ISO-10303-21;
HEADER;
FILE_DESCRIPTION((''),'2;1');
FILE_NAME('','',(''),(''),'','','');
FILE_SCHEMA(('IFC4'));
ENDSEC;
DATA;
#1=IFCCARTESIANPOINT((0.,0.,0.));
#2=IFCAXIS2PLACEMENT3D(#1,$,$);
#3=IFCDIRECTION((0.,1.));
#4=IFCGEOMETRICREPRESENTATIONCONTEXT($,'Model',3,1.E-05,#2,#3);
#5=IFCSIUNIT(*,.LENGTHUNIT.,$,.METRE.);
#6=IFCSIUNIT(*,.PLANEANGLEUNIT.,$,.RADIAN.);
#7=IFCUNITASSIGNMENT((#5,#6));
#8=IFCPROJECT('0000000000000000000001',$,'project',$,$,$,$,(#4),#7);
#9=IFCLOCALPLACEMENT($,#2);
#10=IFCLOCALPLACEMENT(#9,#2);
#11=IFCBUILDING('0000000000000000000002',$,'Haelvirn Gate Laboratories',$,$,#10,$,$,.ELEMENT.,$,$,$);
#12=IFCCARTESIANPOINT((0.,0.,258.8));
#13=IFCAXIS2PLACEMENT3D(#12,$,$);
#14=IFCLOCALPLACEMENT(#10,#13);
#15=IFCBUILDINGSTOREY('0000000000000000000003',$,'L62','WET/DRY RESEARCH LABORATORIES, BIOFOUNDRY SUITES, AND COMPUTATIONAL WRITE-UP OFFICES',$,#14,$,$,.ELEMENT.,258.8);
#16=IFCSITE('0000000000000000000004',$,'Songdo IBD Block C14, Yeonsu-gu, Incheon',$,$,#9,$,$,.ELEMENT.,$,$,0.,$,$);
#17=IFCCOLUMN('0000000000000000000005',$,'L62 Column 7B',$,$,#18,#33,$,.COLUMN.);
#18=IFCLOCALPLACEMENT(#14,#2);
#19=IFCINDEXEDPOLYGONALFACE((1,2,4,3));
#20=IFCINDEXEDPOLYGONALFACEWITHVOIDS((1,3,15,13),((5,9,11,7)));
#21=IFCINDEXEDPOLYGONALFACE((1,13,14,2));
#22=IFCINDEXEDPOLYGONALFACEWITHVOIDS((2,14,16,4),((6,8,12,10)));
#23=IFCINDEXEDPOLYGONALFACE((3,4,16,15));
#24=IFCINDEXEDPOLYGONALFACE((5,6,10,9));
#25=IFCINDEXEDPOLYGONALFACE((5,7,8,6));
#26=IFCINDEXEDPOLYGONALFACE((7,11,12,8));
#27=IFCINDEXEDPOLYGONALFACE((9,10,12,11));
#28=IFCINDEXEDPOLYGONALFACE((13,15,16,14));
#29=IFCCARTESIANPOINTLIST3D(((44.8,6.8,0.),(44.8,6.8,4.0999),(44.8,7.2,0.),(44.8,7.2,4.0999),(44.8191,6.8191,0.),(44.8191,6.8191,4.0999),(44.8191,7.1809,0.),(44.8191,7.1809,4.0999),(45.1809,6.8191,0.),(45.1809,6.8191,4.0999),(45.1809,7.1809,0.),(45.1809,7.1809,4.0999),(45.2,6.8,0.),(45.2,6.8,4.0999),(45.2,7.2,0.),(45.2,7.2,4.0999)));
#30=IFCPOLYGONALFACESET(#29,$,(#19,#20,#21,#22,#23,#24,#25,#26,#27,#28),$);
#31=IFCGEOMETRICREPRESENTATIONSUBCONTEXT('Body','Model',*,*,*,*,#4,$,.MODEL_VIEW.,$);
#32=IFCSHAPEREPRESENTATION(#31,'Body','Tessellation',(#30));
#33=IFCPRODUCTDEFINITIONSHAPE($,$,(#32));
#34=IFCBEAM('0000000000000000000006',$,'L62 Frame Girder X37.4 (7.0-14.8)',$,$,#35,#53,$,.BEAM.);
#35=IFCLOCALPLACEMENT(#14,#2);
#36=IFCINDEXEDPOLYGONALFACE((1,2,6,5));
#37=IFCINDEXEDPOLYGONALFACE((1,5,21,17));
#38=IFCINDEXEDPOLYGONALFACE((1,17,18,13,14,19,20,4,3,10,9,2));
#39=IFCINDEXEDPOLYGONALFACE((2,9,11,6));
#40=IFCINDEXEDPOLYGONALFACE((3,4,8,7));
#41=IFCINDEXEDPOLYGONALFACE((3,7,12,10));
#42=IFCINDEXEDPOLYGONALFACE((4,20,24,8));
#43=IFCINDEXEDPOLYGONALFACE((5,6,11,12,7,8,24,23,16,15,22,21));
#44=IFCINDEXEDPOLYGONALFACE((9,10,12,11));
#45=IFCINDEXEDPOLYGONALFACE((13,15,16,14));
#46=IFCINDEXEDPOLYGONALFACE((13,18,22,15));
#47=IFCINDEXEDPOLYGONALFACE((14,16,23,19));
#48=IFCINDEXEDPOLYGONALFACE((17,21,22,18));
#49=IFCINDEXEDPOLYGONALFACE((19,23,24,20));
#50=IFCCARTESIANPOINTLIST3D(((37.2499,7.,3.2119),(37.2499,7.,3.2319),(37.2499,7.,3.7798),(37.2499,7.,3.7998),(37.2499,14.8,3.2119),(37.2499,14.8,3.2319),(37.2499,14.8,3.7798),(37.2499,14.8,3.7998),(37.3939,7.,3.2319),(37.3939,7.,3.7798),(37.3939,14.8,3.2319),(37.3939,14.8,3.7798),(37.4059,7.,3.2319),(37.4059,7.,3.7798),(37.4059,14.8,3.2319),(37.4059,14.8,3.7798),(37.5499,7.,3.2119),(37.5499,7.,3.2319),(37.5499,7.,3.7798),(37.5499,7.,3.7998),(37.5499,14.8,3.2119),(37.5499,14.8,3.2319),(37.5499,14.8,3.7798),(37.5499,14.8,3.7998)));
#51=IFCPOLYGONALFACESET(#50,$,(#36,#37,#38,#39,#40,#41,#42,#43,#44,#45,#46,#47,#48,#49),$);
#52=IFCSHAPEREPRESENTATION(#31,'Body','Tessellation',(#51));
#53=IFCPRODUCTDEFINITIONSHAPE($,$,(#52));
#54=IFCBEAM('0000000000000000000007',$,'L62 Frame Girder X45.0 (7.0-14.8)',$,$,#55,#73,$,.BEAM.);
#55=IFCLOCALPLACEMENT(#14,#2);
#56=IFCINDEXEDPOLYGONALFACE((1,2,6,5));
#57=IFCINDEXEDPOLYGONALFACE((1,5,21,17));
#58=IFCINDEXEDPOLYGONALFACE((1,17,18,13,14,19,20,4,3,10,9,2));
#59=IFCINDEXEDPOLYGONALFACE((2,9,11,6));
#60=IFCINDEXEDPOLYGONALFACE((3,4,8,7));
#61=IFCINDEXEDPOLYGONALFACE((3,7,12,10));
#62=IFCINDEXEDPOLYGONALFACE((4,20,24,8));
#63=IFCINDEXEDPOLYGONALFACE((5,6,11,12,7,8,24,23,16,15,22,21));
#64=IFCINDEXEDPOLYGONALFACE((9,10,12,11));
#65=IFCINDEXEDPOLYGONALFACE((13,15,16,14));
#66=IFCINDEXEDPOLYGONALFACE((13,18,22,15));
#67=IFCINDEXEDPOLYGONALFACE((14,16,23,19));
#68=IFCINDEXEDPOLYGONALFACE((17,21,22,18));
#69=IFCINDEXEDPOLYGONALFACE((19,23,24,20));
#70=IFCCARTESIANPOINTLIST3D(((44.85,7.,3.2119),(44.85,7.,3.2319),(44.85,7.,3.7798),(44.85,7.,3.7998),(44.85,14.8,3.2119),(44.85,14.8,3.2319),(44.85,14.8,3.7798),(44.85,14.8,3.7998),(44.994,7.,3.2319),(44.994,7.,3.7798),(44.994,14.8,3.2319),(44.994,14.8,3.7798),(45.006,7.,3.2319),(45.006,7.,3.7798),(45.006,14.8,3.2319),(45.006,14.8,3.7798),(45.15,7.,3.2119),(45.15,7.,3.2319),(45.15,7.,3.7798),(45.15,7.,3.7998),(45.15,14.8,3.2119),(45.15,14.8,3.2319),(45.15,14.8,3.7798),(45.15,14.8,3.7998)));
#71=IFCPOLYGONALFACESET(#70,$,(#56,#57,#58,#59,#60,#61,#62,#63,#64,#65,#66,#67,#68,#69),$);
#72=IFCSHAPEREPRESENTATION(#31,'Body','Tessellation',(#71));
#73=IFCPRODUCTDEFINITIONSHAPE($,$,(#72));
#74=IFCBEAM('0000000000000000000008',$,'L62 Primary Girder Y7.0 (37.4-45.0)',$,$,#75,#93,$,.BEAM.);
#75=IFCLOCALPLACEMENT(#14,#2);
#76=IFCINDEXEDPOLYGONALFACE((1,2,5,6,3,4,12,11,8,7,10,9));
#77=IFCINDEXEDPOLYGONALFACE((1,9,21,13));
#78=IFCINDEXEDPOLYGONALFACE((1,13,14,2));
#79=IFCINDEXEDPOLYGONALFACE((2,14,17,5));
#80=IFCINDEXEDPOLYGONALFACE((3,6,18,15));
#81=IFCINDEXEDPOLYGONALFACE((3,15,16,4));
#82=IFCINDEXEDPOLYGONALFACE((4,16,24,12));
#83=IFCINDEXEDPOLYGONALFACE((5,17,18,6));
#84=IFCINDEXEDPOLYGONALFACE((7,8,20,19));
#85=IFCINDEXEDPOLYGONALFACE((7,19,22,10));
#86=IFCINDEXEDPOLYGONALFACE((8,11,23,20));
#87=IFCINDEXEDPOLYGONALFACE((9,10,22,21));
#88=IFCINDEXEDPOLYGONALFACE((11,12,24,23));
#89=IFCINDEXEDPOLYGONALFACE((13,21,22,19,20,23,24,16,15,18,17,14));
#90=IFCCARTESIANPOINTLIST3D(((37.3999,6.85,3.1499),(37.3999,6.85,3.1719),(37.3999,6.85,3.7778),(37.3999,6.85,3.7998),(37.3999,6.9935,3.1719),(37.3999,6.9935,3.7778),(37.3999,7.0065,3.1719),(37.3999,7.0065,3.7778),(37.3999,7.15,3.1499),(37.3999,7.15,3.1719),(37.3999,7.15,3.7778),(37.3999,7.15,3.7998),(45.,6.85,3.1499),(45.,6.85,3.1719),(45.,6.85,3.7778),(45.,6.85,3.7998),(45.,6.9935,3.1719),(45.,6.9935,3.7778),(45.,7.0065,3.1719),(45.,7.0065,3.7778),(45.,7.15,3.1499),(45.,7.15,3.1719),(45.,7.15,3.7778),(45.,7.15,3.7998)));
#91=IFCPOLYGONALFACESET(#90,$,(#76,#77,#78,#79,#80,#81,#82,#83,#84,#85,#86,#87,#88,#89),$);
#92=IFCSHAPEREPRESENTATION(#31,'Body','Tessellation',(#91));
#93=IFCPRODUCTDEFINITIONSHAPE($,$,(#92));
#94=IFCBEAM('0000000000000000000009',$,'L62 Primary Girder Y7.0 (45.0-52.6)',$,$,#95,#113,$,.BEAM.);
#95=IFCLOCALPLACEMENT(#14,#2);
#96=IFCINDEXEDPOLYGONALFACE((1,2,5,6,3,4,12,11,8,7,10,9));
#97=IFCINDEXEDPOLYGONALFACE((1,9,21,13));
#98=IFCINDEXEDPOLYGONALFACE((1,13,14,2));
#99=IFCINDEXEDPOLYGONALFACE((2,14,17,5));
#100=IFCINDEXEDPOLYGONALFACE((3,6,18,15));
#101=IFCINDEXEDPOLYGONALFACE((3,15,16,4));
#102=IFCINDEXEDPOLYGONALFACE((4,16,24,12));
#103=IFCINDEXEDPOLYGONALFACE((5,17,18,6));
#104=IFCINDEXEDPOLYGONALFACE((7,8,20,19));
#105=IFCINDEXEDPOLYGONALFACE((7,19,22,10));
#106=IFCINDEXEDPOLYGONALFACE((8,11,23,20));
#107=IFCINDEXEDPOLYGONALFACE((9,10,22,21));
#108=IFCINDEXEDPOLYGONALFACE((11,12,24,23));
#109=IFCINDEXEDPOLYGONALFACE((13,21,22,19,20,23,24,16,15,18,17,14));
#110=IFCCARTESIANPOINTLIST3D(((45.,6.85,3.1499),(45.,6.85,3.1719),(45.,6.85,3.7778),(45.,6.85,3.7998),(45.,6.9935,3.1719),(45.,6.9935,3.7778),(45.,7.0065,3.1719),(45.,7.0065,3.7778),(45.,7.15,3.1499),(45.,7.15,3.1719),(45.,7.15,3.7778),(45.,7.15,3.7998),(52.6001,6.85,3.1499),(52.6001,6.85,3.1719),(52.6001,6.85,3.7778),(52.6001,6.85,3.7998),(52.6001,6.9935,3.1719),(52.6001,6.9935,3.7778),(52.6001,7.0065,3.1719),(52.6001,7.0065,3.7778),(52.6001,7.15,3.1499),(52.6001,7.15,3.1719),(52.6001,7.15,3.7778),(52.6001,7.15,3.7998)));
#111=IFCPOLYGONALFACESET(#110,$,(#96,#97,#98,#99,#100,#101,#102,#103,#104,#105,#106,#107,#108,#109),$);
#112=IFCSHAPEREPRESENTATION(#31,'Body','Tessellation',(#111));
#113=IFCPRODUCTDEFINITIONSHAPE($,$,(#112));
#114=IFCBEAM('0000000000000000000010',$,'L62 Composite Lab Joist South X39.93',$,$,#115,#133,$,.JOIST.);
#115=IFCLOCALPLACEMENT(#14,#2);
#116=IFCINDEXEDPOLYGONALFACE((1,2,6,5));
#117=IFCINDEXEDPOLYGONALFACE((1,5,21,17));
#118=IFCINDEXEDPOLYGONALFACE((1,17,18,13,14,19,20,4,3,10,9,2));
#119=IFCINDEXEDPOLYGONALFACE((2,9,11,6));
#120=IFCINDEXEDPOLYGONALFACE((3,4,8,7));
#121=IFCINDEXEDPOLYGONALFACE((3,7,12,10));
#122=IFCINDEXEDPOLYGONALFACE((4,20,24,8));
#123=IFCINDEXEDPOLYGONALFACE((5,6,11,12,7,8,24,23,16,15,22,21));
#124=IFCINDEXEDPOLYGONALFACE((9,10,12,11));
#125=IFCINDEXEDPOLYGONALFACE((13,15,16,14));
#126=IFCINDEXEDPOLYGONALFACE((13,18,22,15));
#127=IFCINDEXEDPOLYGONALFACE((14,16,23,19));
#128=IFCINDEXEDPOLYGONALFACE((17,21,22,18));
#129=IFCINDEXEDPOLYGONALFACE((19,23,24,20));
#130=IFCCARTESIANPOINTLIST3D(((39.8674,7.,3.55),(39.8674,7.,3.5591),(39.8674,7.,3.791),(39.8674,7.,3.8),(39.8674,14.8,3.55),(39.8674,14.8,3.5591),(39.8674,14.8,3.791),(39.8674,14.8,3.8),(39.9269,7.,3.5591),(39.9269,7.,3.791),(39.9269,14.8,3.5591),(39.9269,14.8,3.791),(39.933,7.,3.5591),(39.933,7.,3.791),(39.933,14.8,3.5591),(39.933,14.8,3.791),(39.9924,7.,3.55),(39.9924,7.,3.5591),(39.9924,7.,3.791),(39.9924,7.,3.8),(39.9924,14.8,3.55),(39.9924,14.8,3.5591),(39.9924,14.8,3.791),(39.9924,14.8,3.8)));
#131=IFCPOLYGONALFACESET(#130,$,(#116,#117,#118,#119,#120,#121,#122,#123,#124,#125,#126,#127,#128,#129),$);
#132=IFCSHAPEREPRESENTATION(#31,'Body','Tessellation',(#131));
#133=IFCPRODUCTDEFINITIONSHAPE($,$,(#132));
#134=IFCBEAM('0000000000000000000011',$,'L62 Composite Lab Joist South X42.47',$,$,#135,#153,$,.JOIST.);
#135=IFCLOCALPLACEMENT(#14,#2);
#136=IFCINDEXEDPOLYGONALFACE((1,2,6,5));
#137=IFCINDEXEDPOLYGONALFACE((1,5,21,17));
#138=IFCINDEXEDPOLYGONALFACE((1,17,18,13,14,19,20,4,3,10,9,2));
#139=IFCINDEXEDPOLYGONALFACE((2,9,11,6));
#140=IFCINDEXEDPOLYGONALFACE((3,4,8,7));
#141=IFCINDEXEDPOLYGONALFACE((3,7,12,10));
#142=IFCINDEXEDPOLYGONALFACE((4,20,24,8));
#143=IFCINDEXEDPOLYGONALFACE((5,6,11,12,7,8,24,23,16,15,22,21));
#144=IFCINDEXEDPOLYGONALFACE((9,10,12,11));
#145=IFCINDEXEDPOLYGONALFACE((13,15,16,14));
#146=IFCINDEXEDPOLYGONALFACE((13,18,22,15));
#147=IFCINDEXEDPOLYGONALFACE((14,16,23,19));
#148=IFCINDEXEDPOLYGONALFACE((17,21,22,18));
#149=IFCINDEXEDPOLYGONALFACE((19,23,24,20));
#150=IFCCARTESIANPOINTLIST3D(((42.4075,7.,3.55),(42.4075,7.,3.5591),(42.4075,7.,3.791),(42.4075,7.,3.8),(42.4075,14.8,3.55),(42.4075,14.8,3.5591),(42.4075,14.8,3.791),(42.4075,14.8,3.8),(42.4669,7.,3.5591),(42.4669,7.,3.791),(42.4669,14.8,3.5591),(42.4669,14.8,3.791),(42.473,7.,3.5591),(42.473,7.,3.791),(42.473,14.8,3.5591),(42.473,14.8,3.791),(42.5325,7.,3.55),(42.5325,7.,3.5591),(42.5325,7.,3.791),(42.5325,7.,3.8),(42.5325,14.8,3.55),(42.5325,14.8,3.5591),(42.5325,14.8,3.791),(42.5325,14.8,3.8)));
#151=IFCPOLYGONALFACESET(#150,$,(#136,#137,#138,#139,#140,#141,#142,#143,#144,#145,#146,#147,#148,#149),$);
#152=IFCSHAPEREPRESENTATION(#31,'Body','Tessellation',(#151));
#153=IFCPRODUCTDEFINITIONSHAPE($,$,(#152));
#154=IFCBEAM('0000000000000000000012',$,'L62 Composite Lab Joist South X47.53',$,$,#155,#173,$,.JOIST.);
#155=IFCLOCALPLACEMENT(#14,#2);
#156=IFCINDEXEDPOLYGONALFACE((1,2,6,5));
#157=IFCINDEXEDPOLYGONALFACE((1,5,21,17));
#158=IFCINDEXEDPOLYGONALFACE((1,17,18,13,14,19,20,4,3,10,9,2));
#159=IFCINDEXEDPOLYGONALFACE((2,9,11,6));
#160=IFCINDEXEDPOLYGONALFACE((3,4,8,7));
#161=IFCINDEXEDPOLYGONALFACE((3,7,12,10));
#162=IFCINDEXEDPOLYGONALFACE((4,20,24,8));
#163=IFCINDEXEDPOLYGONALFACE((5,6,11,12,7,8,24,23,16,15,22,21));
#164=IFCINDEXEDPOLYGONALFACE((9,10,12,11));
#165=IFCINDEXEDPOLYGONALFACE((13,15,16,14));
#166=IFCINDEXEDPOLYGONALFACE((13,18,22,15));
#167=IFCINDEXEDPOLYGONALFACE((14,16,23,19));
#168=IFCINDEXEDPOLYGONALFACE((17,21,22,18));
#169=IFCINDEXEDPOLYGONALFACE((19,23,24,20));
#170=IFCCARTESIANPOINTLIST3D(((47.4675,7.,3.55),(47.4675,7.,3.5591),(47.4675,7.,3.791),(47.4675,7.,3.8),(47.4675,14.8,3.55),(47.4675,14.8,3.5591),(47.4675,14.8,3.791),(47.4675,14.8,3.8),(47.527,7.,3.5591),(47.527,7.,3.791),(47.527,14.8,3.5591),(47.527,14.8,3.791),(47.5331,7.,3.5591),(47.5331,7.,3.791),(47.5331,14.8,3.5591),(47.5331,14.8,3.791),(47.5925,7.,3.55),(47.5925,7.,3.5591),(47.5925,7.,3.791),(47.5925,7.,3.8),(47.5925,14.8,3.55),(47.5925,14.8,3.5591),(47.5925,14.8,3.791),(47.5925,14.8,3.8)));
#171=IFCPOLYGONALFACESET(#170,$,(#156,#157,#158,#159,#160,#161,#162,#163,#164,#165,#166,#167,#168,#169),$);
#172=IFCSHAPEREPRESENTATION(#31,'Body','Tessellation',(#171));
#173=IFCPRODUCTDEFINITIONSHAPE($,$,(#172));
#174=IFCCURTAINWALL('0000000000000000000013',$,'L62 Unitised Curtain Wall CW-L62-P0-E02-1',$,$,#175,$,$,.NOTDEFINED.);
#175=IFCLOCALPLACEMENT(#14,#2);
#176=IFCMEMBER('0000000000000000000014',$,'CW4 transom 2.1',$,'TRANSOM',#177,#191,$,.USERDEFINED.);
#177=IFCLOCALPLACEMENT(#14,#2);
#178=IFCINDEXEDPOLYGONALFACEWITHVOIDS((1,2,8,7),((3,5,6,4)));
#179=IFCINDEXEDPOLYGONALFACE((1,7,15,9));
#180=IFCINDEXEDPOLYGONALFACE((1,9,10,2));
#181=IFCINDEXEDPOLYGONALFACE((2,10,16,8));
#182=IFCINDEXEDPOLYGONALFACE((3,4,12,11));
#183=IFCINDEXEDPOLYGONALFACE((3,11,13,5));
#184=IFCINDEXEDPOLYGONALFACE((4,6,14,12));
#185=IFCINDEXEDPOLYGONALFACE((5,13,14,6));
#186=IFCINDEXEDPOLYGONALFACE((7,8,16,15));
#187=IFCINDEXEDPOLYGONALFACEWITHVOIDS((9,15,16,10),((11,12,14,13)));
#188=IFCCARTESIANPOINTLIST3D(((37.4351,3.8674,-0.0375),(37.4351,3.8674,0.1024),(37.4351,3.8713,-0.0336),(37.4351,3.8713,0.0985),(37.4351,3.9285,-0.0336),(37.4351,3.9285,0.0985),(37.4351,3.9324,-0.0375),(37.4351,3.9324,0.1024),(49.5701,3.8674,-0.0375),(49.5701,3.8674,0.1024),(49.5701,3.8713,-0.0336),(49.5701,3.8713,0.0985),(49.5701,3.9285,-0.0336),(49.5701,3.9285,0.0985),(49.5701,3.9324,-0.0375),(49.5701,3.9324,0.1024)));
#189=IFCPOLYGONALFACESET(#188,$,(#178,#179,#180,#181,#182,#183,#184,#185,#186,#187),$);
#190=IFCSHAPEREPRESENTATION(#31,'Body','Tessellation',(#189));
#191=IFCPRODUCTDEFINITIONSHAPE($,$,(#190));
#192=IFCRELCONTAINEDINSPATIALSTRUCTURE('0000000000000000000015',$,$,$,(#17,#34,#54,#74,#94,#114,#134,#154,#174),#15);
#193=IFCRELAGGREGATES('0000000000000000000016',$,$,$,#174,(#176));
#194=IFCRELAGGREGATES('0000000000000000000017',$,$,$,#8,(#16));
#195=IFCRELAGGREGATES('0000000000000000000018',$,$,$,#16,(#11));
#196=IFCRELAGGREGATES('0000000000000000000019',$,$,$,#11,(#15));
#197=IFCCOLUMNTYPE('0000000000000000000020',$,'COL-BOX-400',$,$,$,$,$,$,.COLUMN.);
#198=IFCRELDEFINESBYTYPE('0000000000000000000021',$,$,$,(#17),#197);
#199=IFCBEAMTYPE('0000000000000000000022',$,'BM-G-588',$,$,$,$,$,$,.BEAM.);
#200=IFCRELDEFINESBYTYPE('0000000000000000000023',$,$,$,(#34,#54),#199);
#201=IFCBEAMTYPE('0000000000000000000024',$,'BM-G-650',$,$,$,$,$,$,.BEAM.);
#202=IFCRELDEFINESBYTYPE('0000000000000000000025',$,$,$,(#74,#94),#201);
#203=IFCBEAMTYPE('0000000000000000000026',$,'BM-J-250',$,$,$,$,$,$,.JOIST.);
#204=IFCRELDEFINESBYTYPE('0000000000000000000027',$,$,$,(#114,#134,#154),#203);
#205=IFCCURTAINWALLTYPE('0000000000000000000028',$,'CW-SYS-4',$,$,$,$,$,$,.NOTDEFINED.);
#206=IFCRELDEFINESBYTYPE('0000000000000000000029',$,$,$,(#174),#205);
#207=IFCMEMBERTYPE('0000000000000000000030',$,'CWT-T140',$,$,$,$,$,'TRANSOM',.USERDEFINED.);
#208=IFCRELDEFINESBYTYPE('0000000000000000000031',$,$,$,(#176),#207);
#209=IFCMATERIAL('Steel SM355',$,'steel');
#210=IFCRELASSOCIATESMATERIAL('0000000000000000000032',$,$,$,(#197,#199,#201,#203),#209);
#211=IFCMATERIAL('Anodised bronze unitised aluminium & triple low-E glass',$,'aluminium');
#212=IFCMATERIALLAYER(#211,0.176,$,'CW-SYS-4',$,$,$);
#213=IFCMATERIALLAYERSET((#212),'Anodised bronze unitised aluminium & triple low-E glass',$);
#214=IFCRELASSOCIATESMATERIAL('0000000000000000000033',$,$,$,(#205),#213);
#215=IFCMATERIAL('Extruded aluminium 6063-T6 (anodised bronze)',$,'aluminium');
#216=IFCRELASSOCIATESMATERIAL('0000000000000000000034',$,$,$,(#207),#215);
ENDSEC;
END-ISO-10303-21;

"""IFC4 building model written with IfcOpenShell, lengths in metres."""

from ifc_helpers import new_model, si_unit, direction, frame, origin, origin_2d, place, context, subcontext, project, spatial, hollow_rectangle, i_section, extrude, source, transform, mapped, material, layer, layer_set, material_profile, profile_set, type_object, type_shapes, element, aggregate, save


model = new_model("IFC4")

# Units and contexts
model_context = context("Model", 3, precision=1e-05, world=origin(), true_north=direction((0.0, 1.0)))
body_context = subcontext(model_context, "Body", "Model", "MODEL_VIEW")
ifc_project = project(units=[si_unit("LENGTHUNIT", "METRE"), si_unit("PLANEANGLEUNIT", "RADIAN")], contexts=[model_context])

# Site, building, storey
site_placement = place(None, origin())
site = spatial("IfcSite", under=ifc_project, at=site_placement, Name="Songdo IBD Block C14, Yeonsu-gu, Incheon", CompositionType="ELEMENT", RefElevation=0.0)
building_placement = place(site_placement, origin())
building = spatial("IfcBuilding", under=site, at=building_placement, Name="Haelvirn Gate Laboratories", CompositionType="ELEMENT")
storey_placement = place(building_placement, frame((0.0, 0.0, 258.8)))
storey = spatial("IfcBuildingStorey", under=building, at=storey_placement, Name="L62", Description="WET/DRY RESEARCH LABORATORIES, BIOFOUNDRY SUITES, AND COMPUTATIONAL WRITE-UP OFFICES", CompositionType="ELEMENT", Elevation=258.8)

# Column
ifc_material_1 = material(Name="Steel SM355", Category="steel")
ifc_material_profile_1 = material_profile(ifc_material_1, hollow_rectangle(XDim=0.3999, YDim=0.3999, WallThickness=0.019, at=origin_2d()), Name="BOX-400x400x19")
ifc_profile_set_1 = profile_set([ifc_material_profile_1], Name="Steel SM355")
column_type = type_object("IfcColumnType", Name="COL-BOX-400", PredefinedType="COLUMN", material=ifc_profile_set_1)
shared_shape_1 = source(origin(), body_context, "Body", "SweptSolid", [
    extrude(hollow_rectangle(XDim=0.3999, YDim=0.3999, WallThickness=0.019, at=origin_2d()), origin(), (0.0, 0.0, 1.0), 4.0999),
])
type_shapes(column_type, [shared_shape_1])
column_placement = place(storey_placement, frame((45.0, 7.0, 0.0), z_axis=(0.0, 0.0, 1.0), x_axis=(1.0, 0.0, 0.0)))
element("IfcColumn", 1, at=column_placement, inside=storey, type_object=column_type, Name="L62 Column 7B", PredefinedType="COLUMN", context=body_context, shape_type="MappedRepresentation", body=[
    mapped(shared_shape_1, transform((0.0, 0.0, 0.0), scale=1.0)),
])

# Beams
ifc_material_profile_2 = material_profile(ifc_material_1, i_section(OverallWidth=0.3, OverallDepth=0.5879, WebThickness=0.012, FlangeThickness=0.02, at=origin_2d()), Name="H-588x300x12x20")
ifc_profile_set_2 = profile_set([ifc_material_profile_2], Name="Steel SM355")
beam_type_1 = type_object("IfcBeamType", Name="BM-G-588", PredefinedType="BEAM", material=ifc_profile_set_2)
shared_shape_2 = source(origin(), body_context, "Body", "SweptSolid", [
    extrude(i_section(OverallWidth=0.3, OverallDepth=0.5879, WebThickness=0.012, FlangeThickness=0.02, at=origin_2d()), origin(), (0.0, 0.0, 1.0), 7.8),
])
type_shapes(beam_type_1, [shared_shape_2])
for number, where, z_axis, x_axis, name in (
    (2, (37.3999, 7.0, 3.5059), (0.0, 1.0, 0.0), (-1.0, 0.0, 0.0), "L62 Frame Girder X37.4 (7.0-14.8)"),
    (3, (45.0, 7.0, 3.5059), (0.0, 1.0, 0.0), (-1.0, 0.0, 0.0), "L62 Frame Girder X45.0 (7.0-14.8)"),
):
    element("IfcBeam", number, at=place(storey_placement, frame(where, z_axis=z_axis, x_axis=x_axis)), inside=storey, type_object=beam_type_1, Name=name, PredefinedType="BEAM", context=body_context, shape_type="MappedRepresentation", body=[
        mapped(shared_shape_2, transform((0.0, 0.0, 0.0), scale=1.0)),
    ])
ifc_material_profile_3 = material_profile(ifc_material_1, i_section(OverallWidth=0.3, OverallDepth=0.6499, WebThickness=0.0129, FlangeThickness=0.022, at=origin_2d()), Name="H-650x300x13x22")
ifc_profile_set_3 = profile_set([ifc_material_profile_3], Name="Steel SM355")
beam_type_2 = type_object("IfcBeamType", Name="BM-G-650", PredefinedType="BEAM", material=ifc_profile_set_3)
shared_shape_3 = source(origin(), body_context, "Body", "SweptSolid", [
    extrude(i_section(OverallWidth=0.3, OverallDepth=0.6499, WebThickness=0.0129, FlangeThickness=0.022, at=origin_2d()), origin(), (0.0, 0.0, 1.0), 7.6001),
])
type_shapes(beam_type_2, [shared_shape_3])
for number, where, z_axis, x_axis, name in (
    (4, (37.3999, 7.0, 3.4749), (1.0, 0.0, 0.0), (0.0, 1.0, 0.0), "L62 Primary Girder Y7.0 (37.4-45.0)"),
    (5, (45.0, 7.0, 3.4749), (1.0, 0.0, 0.0), (0.0, 1.0, 0.0), "L62 Primary Girder Y7.0 (45.0-52.6)"),
):
    element("IfcBeam", number, at=place(storey_placement, frame(where, z_axis=z_axis, x_axis=x_axis)), inside=storey, type_object=beam_type_2, Name=name, PredefinedType="BEAM", context=body_context, shape_type="MappedRepresentation", body=[
        mapped(shared_shape_3, transform((0.0, 0.0, 0.0), scale=1.0)),
    ])
ifc_material_profile_4 = material_profile(ifc_material_1, i_section(OverallWidth=0.125, OverallDepth=0.25, WebThickness=0.0061, FlangeThickness=0.009, at=origin_2d()), Name="H-250x125x6x9")
ifc_profile_set_4 = profile_set([ifc_material_profile_4], Name="Steel SM355")
beam_type_3 = type_object("IfcBeamType", Name="BM-J-250", PredefinedType="JOIST", material=ifc_profile_set_4)
shared_shape_4 = source(origin(), body_context, "Body", "SweptSolid", [
    extrude(i_section(OverallWidth=0.125, OverallDepth=0.25, WebThickness=0.0061, FlangeThickness=0.009, at=origin_2d()), origin(), (0.0, 0.0, 1.0), 7.8),
])
type_shapes(beam_type_3, [shared_shape_4])
for number, where, z_axis, x_axis, name in (
    (6, (39.9299, 7.0, 3.675), (0.0, 1.0, 0.0), (-1.0, 0.0, 0.0), "L62 Composite Lab Joist South X39.93"),
    (7, (42.47, 7.0, 3.675), (0.0, 1.0, 0.0), (-1.0, 0.0, 0.0), "L62 Composite Lab Joist South X42.47"),
    (8, (47.53, 7.0, 3.675), (0.0, 1.0, 0.0), (-1.0, 0.0, 0.0), "L62 Composite Lab Joist South X47.53"),
):
    element("IfcBeam", number, at=place(storey_placement, frame(where, z_axis=z_axis, x_axis=x_axis)), inside=storey, type_object=beam_type_3, Name=name, PredefinedType="JOIST", context=body_context, shape_type="MappedRepresentation", body=[
        mapped(shared_shape_4, transform((0.0, 0.0, 0.0), scale=1.0)),
    ])

# Curtain wall, member
ifc_material_2 = material(Name="Anodised bronze unitised aluminium & triple low-E glass", Category="aluminium")
ifc_layer_1 = layer(ifc_material_2, 0.176, Name="CW-SYS-4")
ifc_layer_set_1 = layer_set([ifc_layer_1], Name="Anodised bronze unitised aluminium & triple low-E glass")
curtain_wall_type = type_object("IfcCurtainWallType", Name="CW-SYS-4", PredefinedType="NOTDEFINED", material=ifc_layer_set_1)
curtain_wall_1_placement = place(storey_placement, origin())
curtain_wall_1 = element("IfcCurtainWall", 9, at=curtain_wall_1_placement, inside=storey, type_object=curtain_wall_type, Name="L62 Unitised Curtain Wall CW-L62-P0-E02-1", PredefinedType="NOTDEFINED")
ifc_material_3 = material(Name="Extruded aluminium 6063-T6 (anodised bronze)", Category="aluminium")
ifc_material_profile_5 = material_profile(ifc_material_3, hollow_rectangle(XDim=0.0649, YDim=0.1399, WallThickness=0.0039, at=origin_2d()), Name="CWT-140x65x4")
ifc_profile_set_5 = profile_set([ifc_material_profile_5], Name="Extruded aluminium 6063-T6 (anodised bronze)")
member_type_1 = type_object("IfcMemberType", Name="CWT-T140", ElementType="TRANSOM", PredefinedType="USERDEFINED", material=ifc_profile_set_5)
shared_shape_5 = source(origin(), body_context, "Body", "SweptSolid", [
    extrude(hollow_rectangle(XDim=0.0649, YDim=0.1399, WallThickness=0.0039, at=origin_2d()), origin(), (0.0, 0.0, 1.0), 12.135),
])
member_1_placement = place(storey_placement, frame((37.4351, 3.8999, 0.0325), z_axis=(1.0, 0.0, 0.0), x_axis=(0.0, 1.0, 0.0)))
member_1 = element("IfcMember", 10, at=member_1_placement, type_object=member_type_1, Name="CW4 transom 2.1", ObjectType="TRANSOM", PredefinedType="USERDEFINED", context=body_context, shape_type="MappedRepresentation", body=[
    mapped(shared_shape_5, transform((0.0, 0.0, 0.0), scale=1.0)),
])

aggregate(curtain_wall_1, [member_1])

save(model, "model.ifc")
